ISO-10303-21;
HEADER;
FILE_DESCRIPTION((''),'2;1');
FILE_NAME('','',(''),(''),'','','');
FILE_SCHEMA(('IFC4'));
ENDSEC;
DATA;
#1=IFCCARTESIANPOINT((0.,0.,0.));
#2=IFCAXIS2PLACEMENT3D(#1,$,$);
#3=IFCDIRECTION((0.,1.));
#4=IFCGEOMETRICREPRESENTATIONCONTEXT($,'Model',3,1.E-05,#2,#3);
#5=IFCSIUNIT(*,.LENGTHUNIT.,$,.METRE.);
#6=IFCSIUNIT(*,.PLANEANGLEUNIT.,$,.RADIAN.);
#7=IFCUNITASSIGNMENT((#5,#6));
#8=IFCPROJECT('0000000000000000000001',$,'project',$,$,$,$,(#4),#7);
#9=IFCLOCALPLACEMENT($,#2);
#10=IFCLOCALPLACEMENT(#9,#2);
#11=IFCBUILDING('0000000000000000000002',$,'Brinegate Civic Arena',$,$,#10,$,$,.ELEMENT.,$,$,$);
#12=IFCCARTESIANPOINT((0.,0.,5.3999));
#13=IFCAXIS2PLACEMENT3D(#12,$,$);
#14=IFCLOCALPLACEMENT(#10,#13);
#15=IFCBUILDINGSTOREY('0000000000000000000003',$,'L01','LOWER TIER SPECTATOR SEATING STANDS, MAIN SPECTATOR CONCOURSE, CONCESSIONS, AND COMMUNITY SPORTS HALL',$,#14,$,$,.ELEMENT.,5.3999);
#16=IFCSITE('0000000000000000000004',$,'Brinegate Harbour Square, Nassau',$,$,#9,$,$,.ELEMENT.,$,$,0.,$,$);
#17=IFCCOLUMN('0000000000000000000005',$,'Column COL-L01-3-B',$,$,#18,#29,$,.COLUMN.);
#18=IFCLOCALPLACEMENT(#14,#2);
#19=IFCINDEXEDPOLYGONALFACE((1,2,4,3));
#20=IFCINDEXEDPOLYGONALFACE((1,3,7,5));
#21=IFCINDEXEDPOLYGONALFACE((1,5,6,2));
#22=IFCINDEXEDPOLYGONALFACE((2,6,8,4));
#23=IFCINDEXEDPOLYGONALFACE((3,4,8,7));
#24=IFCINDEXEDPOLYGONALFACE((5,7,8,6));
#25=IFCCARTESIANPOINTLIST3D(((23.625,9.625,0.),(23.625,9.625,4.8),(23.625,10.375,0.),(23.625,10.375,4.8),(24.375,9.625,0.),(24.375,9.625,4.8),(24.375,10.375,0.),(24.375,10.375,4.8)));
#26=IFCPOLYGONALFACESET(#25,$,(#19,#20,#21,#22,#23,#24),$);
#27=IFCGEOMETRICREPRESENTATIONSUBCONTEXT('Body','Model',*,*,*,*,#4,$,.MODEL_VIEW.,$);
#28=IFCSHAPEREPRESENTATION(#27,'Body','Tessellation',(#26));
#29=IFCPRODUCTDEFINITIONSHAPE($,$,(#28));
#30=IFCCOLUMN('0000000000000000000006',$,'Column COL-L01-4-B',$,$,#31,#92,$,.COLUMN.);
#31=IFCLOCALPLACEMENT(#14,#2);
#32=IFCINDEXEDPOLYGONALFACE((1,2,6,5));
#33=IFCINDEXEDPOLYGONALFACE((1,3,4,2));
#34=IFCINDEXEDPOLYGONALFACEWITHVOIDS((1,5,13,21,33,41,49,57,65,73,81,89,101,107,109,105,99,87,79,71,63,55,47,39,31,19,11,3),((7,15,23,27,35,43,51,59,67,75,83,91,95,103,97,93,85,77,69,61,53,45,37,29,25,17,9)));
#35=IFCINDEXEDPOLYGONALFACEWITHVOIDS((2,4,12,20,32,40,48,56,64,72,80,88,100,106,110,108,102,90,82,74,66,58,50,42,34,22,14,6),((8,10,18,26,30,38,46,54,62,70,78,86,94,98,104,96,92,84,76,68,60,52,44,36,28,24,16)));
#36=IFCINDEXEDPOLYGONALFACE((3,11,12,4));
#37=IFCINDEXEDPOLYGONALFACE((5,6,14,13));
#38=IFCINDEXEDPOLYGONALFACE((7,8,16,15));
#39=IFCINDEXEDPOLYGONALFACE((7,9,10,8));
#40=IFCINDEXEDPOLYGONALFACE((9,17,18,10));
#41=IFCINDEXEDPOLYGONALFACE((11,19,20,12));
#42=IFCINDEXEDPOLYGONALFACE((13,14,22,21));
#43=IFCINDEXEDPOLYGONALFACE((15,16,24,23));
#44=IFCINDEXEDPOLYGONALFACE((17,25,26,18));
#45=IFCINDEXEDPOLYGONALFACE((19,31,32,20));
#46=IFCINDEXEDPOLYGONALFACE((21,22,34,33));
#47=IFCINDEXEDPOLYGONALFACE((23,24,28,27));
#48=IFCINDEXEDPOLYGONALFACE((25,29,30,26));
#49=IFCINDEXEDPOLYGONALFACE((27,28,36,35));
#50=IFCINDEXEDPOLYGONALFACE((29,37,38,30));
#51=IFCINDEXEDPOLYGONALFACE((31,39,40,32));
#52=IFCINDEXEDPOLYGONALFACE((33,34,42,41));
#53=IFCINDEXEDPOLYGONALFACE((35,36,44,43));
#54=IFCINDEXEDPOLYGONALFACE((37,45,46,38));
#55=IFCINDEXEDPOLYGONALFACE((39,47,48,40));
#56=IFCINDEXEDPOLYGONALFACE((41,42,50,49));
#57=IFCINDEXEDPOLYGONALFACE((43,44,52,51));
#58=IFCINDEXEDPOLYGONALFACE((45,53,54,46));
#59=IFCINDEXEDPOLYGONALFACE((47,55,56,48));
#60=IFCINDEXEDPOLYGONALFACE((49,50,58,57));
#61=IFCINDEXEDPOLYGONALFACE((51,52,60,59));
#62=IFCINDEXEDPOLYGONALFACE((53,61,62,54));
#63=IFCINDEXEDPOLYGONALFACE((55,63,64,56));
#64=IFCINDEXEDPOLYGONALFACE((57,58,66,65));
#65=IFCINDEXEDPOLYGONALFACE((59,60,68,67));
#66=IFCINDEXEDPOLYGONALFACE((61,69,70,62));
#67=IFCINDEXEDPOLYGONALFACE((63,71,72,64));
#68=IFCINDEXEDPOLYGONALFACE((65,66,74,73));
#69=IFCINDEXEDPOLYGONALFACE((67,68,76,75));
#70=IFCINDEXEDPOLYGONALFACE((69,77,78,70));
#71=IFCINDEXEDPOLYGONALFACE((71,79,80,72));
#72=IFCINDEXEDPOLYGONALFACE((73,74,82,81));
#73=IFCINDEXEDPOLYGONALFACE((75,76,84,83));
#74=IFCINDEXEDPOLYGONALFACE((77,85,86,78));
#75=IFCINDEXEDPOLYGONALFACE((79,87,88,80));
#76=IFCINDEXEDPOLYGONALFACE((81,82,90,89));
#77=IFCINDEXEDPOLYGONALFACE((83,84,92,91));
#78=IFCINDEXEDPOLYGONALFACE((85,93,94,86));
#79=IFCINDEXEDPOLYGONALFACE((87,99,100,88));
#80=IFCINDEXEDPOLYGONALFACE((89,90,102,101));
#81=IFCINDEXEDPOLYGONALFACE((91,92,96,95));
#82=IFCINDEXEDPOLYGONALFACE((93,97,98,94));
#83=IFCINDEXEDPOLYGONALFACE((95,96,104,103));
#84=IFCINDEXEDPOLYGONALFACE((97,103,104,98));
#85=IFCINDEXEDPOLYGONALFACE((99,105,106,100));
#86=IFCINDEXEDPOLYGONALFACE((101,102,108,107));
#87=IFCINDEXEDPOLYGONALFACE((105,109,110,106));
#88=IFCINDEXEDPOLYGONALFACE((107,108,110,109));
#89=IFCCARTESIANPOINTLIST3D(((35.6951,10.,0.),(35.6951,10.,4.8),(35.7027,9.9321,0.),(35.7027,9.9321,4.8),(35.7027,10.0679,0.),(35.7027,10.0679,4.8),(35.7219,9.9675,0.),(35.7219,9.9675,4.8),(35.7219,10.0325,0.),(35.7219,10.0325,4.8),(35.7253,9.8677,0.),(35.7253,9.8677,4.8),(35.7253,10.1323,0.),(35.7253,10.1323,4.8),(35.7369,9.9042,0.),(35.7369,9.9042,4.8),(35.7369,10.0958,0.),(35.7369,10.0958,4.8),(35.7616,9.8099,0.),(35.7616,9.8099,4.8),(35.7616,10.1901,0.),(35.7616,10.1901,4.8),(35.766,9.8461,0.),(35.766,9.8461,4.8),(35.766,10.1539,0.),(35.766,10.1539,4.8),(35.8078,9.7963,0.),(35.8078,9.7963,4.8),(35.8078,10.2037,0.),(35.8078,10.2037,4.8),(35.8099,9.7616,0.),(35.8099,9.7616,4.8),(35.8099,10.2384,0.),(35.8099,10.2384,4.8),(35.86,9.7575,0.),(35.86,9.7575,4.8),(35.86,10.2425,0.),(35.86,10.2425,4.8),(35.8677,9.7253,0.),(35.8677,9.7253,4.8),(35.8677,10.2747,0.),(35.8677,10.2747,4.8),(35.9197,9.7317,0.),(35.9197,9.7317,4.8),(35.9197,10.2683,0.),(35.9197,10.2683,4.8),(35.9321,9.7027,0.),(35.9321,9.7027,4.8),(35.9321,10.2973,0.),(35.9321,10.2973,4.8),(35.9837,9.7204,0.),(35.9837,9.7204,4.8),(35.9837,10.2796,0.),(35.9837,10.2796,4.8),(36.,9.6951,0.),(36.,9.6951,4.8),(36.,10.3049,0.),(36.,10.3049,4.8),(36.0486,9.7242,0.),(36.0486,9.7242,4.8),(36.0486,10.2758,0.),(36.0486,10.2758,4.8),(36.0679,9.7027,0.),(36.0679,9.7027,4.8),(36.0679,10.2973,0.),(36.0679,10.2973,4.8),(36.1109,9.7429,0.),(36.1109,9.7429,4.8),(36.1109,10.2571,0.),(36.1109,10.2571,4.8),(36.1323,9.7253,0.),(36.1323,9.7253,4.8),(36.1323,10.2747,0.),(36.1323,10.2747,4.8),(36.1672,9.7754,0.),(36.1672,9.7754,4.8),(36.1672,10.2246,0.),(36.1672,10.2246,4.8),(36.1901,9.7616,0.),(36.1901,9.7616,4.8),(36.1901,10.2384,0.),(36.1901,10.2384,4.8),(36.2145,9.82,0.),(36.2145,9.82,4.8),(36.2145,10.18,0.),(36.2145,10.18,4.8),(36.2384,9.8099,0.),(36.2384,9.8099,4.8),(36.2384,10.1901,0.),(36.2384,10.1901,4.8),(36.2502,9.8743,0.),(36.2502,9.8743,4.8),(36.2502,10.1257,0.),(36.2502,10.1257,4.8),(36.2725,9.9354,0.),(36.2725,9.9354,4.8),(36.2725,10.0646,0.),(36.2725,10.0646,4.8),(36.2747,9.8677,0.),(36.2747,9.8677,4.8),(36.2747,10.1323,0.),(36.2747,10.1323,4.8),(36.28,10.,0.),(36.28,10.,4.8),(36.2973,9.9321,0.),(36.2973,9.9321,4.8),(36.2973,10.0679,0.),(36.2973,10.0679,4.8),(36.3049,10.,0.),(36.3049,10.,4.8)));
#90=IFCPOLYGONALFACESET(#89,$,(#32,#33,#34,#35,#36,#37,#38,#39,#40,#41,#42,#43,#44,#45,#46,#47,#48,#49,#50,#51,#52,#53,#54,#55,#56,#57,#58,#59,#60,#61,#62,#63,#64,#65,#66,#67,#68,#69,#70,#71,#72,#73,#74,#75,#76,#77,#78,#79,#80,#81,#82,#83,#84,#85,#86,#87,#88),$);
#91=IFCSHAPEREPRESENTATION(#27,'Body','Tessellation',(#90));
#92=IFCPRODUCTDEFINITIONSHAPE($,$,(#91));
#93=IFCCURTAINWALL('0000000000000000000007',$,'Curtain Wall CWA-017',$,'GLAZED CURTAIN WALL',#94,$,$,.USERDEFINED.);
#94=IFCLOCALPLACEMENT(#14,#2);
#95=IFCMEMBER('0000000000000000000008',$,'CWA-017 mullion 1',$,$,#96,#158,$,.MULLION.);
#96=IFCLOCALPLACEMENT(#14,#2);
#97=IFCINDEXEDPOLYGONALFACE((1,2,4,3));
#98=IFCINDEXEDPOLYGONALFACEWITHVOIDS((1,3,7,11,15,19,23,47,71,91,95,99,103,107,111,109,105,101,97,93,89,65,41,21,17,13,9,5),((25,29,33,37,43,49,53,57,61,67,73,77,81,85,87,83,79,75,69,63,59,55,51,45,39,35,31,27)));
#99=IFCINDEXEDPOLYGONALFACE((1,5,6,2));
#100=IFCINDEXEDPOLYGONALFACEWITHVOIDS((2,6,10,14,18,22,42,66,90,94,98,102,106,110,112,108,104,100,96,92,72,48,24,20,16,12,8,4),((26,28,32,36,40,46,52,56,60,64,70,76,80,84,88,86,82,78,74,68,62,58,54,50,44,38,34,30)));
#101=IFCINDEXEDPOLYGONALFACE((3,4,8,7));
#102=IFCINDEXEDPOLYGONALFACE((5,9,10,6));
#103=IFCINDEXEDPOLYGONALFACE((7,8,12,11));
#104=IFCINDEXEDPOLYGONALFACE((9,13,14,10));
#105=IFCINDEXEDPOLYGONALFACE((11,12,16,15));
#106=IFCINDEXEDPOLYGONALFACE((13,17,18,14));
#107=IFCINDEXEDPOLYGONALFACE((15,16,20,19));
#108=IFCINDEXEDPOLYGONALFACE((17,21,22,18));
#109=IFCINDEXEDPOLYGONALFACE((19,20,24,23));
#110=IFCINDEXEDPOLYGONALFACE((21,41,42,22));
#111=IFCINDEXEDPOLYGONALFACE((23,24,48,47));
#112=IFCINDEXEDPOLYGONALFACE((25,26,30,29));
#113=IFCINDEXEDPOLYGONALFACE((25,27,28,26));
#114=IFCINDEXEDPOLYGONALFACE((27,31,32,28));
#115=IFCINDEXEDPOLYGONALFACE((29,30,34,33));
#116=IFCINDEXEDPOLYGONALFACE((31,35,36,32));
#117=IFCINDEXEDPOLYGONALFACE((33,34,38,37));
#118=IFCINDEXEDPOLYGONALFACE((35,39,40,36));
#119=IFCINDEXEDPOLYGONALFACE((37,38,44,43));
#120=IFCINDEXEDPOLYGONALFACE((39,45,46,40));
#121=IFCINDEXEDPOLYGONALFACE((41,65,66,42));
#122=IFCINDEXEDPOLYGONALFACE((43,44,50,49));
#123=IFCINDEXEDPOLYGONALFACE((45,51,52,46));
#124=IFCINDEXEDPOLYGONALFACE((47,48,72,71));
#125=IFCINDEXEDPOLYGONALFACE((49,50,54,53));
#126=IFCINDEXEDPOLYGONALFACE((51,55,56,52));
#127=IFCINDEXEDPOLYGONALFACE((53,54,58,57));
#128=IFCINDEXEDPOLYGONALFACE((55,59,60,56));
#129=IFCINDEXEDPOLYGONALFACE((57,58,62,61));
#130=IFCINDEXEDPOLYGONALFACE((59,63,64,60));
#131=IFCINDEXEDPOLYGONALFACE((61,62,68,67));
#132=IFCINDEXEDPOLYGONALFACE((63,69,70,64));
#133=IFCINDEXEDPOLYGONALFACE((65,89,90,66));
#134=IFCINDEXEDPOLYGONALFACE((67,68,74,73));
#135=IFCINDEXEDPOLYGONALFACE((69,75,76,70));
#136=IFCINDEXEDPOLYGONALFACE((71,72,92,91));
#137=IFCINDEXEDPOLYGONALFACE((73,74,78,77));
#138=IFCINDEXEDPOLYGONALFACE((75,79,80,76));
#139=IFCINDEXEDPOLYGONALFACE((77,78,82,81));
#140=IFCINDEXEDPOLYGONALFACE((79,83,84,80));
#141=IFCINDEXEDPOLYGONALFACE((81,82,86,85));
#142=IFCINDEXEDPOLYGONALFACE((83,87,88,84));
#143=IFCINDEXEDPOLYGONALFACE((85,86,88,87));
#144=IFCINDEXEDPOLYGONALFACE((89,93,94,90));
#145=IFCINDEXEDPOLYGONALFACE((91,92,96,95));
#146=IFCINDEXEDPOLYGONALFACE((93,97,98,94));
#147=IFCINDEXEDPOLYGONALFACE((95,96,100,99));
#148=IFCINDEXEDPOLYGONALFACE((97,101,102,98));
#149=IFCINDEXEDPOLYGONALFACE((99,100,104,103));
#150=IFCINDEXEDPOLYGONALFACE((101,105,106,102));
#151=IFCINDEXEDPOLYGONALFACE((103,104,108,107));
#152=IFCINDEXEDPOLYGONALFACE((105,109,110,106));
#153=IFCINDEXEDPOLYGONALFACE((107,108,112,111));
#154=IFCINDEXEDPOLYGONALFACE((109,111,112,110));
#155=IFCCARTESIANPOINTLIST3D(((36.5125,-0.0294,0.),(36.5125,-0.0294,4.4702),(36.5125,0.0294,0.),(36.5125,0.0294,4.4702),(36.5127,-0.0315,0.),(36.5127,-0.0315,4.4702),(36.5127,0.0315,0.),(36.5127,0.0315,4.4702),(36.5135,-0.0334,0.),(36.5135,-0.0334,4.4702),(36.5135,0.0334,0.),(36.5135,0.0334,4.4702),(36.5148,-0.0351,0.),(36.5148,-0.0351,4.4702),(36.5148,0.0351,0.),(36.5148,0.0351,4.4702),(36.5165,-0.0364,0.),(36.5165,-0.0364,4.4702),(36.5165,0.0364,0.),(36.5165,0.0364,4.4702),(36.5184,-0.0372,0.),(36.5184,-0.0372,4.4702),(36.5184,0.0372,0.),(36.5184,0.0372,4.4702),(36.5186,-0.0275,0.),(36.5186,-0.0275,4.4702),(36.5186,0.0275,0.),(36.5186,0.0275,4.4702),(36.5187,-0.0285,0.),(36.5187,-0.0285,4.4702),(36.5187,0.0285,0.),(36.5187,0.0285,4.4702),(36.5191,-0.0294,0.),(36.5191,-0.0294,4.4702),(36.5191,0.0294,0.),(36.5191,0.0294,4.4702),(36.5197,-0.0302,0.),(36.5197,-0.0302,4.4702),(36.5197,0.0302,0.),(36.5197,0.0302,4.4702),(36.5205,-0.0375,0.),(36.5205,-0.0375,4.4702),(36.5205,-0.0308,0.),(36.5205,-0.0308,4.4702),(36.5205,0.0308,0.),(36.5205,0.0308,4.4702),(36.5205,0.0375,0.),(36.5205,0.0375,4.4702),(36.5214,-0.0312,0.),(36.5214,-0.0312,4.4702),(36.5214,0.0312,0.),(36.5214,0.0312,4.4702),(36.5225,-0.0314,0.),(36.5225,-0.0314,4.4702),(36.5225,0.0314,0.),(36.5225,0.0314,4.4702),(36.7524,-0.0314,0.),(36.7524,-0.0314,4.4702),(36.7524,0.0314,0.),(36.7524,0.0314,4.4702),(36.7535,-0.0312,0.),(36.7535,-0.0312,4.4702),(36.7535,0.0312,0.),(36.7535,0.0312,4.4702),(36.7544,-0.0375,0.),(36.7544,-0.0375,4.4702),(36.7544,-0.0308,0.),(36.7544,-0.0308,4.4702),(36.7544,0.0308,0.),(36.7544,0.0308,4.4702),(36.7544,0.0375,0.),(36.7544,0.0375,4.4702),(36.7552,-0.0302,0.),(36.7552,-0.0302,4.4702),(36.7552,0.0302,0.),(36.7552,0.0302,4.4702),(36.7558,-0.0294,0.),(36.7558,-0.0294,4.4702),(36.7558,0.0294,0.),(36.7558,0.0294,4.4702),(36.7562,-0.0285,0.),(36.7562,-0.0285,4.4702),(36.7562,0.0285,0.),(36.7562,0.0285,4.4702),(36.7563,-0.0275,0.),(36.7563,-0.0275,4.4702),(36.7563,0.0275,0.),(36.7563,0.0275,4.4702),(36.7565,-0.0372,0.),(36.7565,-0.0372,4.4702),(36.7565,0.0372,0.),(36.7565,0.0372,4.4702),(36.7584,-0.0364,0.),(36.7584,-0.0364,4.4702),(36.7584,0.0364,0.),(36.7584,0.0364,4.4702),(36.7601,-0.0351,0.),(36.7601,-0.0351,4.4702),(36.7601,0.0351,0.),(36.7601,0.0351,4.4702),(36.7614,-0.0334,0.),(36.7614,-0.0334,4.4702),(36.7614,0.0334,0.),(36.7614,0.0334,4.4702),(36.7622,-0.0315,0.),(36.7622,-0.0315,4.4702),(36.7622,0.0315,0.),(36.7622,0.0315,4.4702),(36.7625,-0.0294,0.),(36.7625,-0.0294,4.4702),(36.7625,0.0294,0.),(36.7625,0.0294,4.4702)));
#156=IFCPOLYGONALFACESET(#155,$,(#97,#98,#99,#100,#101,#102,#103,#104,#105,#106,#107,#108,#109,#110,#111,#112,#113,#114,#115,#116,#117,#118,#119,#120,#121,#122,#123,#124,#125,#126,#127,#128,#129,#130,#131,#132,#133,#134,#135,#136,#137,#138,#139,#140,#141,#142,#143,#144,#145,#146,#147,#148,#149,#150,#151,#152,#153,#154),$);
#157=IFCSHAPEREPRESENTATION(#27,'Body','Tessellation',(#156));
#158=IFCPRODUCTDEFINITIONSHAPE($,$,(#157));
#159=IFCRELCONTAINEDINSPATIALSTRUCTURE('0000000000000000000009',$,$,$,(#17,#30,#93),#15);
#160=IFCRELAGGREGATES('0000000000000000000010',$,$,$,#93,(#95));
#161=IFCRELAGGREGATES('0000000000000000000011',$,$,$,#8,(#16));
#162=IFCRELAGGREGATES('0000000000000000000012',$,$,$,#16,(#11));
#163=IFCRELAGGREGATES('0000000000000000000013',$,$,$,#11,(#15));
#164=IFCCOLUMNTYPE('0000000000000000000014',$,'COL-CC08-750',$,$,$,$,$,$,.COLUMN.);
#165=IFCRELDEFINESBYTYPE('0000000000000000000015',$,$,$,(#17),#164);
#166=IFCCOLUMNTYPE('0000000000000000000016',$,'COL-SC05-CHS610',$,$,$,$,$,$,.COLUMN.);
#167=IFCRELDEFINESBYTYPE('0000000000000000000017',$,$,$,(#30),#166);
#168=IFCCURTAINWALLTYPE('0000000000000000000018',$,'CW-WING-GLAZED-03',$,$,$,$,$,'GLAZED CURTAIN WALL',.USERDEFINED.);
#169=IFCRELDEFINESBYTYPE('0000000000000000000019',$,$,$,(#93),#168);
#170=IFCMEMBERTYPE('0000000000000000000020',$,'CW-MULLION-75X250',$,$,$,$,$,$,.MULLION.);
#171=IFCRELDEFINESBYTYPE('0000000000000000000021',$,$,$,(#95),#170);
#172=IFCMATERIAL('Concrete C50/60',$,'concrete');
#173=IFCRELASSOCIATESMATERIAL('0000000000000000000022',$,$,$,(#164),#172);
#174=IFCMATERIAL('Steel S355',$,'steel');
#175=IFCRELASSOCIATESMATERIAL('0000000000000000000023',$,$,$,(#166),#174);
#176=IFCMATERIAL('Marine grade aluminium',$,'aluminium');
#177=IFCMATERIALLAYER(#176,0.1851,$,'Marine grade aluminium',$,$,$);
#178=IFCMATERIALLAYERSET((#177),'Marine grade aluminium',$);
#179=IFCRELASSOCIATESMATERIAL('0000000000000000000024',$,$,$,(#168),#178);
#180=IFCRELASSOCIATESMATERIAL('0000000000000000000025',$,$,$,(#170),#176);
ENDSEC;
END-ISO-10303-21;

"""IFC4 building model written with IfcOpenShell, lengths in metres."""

from ifc_helpers import new_model, si_unit, direction, frame, origin, origin_2d, place, context, subcontext, project, spatial, rectangle, hollow_rectangle, hollow_circle, extrude, material, layer, layer_set, material_profile, profile_set, type_object, element, aggregate, save


model = new_model("IFC4")

# Units and contexts
model_context = context("Model", 3, precision=1e-05, world=origin(), true_north=direction((0.0, 1.0)))
body_context = subcontext(model_context, "Body", "Model", "MODEL_VIEW")
ifc_project = project(units=[si_unit("LENGTHUNIT", "METRE"), si_unit("PLANEANGLEUNIT", "RADIAN")], contexts=[model_context])

# Site, building, storey
site_placement = place(None, origin())
site = spatial("IfcSite", under=ifc_project, at=site_placement, Name="Brinegate Harbour Square, Nassau", CompositionType="ELEMENT", RefElevation=0.0)
building_placement = place(site_placement, origin())
building = spatial("IfcBuilding", under=site, at=building_placement, Name="Brinegate Civic Arena", CompositionType="ELEMENT")
storey_placement = place(building_placement, frame((0.0, 0.0, 5.3999)))
storey = spatial("IfcBuildingStorey", under=building, at=storey_placement, Name="L01", Description="LOWER TIER SPECTATOR SEATING STANDS, MAIN SPECTATOR CONCOURSE, CONCESSIONS, AND COMMUNITY SPORTS HALL", CompositionType="ELEMENT", Elevation=5.3999)

# Columns
ifc_material_1 = material(Name="Concrete C50/60", Category="concrete")
ifc_material_profile_1 = material_profile(ifc_material_1, rectangle(XDim=0.75, YDim=0.75, at=origin_2d()), Name="RC750X750")
ifc_profile_set_1 = profile_set([ifc_material_profile_1], Name="Concrete C50/60")
column_type_1 = type_object("IfcColumnType", Name="COL-CC08-750", PredefinedType="COLUMN", material=ifc_profile_set_1)
column_1_placement = place(storey_placement, frame((24.0, 10.0, 0.0), z_axis=(0.0, 0.0, 1.0), x_axis=(1.0, 0.0, 0.0)))
element("IfcColumn", 1, at=column_1_placement, inside=storey, type_object=column_type_1, Name="Column COL-L01-3-B", PredefinedType="COLUMN", context=body_context, shape_type="SweptSolid", body=[
    extrude(rectangle(XDim=0.75, YDim=0.75, at=origin_2d()), origin(), (0.0, 0.0, 1.0), 4.8),
])
ifc_material_2 = material(Name="Steel S355", Category="steel")
ifc_material_profile_2 = material_profile(ifc_material_2, hollow_circle(Radius=0.3049, WallThickness=0.0249, at=origin_2d()), Name="CHS610X25")
ifc_profile_set_2 = profile_set([ifc_material_profile_2], Name="Steel S355")
column_type_2 = type_object("IfcColumnType", Name="COL-SC05-CHS610", PredefinedType="COLUMN", material=ifc_profile_set_2)
column_2_placement = place(storey_placement, frame((36.0, 10.0, 0.0), z_axis=(0.0, 0.0, 1.0), x_axis=(1.0, 0.0, 0.0)))
element("IfcColumn", 2, at=column_2_placement, inside=storey, type_object=column_type_2, Name="Column COL-L01-4-B", PredefinedType="COLUMN", context=body_context, shape_type="SweptSolid", body=[
    extrude(hollow_circle(Radius=0.3049, WallThickness=0.0249, at=origin_2d()), origin(), (0.0, 0.0, 1.0), 4.8),
])

# Curtain wall, member
ifc_material_3 = material(Name="Marine grade aluminium", Category="aluminium")
ifc_layer_1 = layer(ifc_material_3, 0.1851, Name="Marine grade aluminium")
ifc_layer_set_1 = layer_set([ifc_layer_1], Name="Marine grade aluminium")
curtain_wall_type = type_object("IfcCurtainWallType", Name="CW-WING-GLAZED-03", ElementType="GLAZED CURTAIN WALL", PredefinedType="USERDEFINED", material=ifc_layer_set_1)
curtain_wall_placement = place(storey_placement, origin())
curtain_wall = element("IfcCurtainWall", 3, at=curtain_wall_placement, inside=storey, type_object=curtain_wall_type, Name="Curtain Wall CWA-017", ObjectType="GLAZED CURTAIN WALL", PredefinedType="USERDEFINED")
ifc_material_profile_3 = material_profile(ifc_material_3, hollow_rectangle(XDim=0.075, YDim=0.25, WallThickness=0.0061, InnerFilletRadius=0.0039, OuterFilletRadius=0.0081, at=origin_2d()), Name="MUL75X250")
ifc_profile_set_3 = profile_set([ifc_material_profile_3], Name="Marine grade aluminium")
member_type_1 = type_object("IfcMemberType", Name="CW-MULLION-75X250", PredefinedType="MULLION", material=ifc_profile_set_3)
member_1_placement = place(storey_placement, frame((36.6375, 0.0, 0.0), z_axis=(0.0, 0.0, 1.0), x_axis=(0.0, 1.0, 0.0)))
member_1 = element("IfcMember", 4, at=member_1_placement, type_object=member_type_1, Name="CWA-017 mullion 1", PredefinedType="MULLION", context=body_context, shape_type="SweptSolid", body=[
    extrude(hollow_rectangle(XDim=0.075, YDim=0.25, WallThickness=0.0061, InnerFilletRadius=0.0039, OuterFilletRadius=0.0081, at=origin_2d()), origin(), (0.0, 0.0, 1.0), 4.4702),
])

aggregate(curtain_wall, [member_1])

save(model, "model.ifc")
